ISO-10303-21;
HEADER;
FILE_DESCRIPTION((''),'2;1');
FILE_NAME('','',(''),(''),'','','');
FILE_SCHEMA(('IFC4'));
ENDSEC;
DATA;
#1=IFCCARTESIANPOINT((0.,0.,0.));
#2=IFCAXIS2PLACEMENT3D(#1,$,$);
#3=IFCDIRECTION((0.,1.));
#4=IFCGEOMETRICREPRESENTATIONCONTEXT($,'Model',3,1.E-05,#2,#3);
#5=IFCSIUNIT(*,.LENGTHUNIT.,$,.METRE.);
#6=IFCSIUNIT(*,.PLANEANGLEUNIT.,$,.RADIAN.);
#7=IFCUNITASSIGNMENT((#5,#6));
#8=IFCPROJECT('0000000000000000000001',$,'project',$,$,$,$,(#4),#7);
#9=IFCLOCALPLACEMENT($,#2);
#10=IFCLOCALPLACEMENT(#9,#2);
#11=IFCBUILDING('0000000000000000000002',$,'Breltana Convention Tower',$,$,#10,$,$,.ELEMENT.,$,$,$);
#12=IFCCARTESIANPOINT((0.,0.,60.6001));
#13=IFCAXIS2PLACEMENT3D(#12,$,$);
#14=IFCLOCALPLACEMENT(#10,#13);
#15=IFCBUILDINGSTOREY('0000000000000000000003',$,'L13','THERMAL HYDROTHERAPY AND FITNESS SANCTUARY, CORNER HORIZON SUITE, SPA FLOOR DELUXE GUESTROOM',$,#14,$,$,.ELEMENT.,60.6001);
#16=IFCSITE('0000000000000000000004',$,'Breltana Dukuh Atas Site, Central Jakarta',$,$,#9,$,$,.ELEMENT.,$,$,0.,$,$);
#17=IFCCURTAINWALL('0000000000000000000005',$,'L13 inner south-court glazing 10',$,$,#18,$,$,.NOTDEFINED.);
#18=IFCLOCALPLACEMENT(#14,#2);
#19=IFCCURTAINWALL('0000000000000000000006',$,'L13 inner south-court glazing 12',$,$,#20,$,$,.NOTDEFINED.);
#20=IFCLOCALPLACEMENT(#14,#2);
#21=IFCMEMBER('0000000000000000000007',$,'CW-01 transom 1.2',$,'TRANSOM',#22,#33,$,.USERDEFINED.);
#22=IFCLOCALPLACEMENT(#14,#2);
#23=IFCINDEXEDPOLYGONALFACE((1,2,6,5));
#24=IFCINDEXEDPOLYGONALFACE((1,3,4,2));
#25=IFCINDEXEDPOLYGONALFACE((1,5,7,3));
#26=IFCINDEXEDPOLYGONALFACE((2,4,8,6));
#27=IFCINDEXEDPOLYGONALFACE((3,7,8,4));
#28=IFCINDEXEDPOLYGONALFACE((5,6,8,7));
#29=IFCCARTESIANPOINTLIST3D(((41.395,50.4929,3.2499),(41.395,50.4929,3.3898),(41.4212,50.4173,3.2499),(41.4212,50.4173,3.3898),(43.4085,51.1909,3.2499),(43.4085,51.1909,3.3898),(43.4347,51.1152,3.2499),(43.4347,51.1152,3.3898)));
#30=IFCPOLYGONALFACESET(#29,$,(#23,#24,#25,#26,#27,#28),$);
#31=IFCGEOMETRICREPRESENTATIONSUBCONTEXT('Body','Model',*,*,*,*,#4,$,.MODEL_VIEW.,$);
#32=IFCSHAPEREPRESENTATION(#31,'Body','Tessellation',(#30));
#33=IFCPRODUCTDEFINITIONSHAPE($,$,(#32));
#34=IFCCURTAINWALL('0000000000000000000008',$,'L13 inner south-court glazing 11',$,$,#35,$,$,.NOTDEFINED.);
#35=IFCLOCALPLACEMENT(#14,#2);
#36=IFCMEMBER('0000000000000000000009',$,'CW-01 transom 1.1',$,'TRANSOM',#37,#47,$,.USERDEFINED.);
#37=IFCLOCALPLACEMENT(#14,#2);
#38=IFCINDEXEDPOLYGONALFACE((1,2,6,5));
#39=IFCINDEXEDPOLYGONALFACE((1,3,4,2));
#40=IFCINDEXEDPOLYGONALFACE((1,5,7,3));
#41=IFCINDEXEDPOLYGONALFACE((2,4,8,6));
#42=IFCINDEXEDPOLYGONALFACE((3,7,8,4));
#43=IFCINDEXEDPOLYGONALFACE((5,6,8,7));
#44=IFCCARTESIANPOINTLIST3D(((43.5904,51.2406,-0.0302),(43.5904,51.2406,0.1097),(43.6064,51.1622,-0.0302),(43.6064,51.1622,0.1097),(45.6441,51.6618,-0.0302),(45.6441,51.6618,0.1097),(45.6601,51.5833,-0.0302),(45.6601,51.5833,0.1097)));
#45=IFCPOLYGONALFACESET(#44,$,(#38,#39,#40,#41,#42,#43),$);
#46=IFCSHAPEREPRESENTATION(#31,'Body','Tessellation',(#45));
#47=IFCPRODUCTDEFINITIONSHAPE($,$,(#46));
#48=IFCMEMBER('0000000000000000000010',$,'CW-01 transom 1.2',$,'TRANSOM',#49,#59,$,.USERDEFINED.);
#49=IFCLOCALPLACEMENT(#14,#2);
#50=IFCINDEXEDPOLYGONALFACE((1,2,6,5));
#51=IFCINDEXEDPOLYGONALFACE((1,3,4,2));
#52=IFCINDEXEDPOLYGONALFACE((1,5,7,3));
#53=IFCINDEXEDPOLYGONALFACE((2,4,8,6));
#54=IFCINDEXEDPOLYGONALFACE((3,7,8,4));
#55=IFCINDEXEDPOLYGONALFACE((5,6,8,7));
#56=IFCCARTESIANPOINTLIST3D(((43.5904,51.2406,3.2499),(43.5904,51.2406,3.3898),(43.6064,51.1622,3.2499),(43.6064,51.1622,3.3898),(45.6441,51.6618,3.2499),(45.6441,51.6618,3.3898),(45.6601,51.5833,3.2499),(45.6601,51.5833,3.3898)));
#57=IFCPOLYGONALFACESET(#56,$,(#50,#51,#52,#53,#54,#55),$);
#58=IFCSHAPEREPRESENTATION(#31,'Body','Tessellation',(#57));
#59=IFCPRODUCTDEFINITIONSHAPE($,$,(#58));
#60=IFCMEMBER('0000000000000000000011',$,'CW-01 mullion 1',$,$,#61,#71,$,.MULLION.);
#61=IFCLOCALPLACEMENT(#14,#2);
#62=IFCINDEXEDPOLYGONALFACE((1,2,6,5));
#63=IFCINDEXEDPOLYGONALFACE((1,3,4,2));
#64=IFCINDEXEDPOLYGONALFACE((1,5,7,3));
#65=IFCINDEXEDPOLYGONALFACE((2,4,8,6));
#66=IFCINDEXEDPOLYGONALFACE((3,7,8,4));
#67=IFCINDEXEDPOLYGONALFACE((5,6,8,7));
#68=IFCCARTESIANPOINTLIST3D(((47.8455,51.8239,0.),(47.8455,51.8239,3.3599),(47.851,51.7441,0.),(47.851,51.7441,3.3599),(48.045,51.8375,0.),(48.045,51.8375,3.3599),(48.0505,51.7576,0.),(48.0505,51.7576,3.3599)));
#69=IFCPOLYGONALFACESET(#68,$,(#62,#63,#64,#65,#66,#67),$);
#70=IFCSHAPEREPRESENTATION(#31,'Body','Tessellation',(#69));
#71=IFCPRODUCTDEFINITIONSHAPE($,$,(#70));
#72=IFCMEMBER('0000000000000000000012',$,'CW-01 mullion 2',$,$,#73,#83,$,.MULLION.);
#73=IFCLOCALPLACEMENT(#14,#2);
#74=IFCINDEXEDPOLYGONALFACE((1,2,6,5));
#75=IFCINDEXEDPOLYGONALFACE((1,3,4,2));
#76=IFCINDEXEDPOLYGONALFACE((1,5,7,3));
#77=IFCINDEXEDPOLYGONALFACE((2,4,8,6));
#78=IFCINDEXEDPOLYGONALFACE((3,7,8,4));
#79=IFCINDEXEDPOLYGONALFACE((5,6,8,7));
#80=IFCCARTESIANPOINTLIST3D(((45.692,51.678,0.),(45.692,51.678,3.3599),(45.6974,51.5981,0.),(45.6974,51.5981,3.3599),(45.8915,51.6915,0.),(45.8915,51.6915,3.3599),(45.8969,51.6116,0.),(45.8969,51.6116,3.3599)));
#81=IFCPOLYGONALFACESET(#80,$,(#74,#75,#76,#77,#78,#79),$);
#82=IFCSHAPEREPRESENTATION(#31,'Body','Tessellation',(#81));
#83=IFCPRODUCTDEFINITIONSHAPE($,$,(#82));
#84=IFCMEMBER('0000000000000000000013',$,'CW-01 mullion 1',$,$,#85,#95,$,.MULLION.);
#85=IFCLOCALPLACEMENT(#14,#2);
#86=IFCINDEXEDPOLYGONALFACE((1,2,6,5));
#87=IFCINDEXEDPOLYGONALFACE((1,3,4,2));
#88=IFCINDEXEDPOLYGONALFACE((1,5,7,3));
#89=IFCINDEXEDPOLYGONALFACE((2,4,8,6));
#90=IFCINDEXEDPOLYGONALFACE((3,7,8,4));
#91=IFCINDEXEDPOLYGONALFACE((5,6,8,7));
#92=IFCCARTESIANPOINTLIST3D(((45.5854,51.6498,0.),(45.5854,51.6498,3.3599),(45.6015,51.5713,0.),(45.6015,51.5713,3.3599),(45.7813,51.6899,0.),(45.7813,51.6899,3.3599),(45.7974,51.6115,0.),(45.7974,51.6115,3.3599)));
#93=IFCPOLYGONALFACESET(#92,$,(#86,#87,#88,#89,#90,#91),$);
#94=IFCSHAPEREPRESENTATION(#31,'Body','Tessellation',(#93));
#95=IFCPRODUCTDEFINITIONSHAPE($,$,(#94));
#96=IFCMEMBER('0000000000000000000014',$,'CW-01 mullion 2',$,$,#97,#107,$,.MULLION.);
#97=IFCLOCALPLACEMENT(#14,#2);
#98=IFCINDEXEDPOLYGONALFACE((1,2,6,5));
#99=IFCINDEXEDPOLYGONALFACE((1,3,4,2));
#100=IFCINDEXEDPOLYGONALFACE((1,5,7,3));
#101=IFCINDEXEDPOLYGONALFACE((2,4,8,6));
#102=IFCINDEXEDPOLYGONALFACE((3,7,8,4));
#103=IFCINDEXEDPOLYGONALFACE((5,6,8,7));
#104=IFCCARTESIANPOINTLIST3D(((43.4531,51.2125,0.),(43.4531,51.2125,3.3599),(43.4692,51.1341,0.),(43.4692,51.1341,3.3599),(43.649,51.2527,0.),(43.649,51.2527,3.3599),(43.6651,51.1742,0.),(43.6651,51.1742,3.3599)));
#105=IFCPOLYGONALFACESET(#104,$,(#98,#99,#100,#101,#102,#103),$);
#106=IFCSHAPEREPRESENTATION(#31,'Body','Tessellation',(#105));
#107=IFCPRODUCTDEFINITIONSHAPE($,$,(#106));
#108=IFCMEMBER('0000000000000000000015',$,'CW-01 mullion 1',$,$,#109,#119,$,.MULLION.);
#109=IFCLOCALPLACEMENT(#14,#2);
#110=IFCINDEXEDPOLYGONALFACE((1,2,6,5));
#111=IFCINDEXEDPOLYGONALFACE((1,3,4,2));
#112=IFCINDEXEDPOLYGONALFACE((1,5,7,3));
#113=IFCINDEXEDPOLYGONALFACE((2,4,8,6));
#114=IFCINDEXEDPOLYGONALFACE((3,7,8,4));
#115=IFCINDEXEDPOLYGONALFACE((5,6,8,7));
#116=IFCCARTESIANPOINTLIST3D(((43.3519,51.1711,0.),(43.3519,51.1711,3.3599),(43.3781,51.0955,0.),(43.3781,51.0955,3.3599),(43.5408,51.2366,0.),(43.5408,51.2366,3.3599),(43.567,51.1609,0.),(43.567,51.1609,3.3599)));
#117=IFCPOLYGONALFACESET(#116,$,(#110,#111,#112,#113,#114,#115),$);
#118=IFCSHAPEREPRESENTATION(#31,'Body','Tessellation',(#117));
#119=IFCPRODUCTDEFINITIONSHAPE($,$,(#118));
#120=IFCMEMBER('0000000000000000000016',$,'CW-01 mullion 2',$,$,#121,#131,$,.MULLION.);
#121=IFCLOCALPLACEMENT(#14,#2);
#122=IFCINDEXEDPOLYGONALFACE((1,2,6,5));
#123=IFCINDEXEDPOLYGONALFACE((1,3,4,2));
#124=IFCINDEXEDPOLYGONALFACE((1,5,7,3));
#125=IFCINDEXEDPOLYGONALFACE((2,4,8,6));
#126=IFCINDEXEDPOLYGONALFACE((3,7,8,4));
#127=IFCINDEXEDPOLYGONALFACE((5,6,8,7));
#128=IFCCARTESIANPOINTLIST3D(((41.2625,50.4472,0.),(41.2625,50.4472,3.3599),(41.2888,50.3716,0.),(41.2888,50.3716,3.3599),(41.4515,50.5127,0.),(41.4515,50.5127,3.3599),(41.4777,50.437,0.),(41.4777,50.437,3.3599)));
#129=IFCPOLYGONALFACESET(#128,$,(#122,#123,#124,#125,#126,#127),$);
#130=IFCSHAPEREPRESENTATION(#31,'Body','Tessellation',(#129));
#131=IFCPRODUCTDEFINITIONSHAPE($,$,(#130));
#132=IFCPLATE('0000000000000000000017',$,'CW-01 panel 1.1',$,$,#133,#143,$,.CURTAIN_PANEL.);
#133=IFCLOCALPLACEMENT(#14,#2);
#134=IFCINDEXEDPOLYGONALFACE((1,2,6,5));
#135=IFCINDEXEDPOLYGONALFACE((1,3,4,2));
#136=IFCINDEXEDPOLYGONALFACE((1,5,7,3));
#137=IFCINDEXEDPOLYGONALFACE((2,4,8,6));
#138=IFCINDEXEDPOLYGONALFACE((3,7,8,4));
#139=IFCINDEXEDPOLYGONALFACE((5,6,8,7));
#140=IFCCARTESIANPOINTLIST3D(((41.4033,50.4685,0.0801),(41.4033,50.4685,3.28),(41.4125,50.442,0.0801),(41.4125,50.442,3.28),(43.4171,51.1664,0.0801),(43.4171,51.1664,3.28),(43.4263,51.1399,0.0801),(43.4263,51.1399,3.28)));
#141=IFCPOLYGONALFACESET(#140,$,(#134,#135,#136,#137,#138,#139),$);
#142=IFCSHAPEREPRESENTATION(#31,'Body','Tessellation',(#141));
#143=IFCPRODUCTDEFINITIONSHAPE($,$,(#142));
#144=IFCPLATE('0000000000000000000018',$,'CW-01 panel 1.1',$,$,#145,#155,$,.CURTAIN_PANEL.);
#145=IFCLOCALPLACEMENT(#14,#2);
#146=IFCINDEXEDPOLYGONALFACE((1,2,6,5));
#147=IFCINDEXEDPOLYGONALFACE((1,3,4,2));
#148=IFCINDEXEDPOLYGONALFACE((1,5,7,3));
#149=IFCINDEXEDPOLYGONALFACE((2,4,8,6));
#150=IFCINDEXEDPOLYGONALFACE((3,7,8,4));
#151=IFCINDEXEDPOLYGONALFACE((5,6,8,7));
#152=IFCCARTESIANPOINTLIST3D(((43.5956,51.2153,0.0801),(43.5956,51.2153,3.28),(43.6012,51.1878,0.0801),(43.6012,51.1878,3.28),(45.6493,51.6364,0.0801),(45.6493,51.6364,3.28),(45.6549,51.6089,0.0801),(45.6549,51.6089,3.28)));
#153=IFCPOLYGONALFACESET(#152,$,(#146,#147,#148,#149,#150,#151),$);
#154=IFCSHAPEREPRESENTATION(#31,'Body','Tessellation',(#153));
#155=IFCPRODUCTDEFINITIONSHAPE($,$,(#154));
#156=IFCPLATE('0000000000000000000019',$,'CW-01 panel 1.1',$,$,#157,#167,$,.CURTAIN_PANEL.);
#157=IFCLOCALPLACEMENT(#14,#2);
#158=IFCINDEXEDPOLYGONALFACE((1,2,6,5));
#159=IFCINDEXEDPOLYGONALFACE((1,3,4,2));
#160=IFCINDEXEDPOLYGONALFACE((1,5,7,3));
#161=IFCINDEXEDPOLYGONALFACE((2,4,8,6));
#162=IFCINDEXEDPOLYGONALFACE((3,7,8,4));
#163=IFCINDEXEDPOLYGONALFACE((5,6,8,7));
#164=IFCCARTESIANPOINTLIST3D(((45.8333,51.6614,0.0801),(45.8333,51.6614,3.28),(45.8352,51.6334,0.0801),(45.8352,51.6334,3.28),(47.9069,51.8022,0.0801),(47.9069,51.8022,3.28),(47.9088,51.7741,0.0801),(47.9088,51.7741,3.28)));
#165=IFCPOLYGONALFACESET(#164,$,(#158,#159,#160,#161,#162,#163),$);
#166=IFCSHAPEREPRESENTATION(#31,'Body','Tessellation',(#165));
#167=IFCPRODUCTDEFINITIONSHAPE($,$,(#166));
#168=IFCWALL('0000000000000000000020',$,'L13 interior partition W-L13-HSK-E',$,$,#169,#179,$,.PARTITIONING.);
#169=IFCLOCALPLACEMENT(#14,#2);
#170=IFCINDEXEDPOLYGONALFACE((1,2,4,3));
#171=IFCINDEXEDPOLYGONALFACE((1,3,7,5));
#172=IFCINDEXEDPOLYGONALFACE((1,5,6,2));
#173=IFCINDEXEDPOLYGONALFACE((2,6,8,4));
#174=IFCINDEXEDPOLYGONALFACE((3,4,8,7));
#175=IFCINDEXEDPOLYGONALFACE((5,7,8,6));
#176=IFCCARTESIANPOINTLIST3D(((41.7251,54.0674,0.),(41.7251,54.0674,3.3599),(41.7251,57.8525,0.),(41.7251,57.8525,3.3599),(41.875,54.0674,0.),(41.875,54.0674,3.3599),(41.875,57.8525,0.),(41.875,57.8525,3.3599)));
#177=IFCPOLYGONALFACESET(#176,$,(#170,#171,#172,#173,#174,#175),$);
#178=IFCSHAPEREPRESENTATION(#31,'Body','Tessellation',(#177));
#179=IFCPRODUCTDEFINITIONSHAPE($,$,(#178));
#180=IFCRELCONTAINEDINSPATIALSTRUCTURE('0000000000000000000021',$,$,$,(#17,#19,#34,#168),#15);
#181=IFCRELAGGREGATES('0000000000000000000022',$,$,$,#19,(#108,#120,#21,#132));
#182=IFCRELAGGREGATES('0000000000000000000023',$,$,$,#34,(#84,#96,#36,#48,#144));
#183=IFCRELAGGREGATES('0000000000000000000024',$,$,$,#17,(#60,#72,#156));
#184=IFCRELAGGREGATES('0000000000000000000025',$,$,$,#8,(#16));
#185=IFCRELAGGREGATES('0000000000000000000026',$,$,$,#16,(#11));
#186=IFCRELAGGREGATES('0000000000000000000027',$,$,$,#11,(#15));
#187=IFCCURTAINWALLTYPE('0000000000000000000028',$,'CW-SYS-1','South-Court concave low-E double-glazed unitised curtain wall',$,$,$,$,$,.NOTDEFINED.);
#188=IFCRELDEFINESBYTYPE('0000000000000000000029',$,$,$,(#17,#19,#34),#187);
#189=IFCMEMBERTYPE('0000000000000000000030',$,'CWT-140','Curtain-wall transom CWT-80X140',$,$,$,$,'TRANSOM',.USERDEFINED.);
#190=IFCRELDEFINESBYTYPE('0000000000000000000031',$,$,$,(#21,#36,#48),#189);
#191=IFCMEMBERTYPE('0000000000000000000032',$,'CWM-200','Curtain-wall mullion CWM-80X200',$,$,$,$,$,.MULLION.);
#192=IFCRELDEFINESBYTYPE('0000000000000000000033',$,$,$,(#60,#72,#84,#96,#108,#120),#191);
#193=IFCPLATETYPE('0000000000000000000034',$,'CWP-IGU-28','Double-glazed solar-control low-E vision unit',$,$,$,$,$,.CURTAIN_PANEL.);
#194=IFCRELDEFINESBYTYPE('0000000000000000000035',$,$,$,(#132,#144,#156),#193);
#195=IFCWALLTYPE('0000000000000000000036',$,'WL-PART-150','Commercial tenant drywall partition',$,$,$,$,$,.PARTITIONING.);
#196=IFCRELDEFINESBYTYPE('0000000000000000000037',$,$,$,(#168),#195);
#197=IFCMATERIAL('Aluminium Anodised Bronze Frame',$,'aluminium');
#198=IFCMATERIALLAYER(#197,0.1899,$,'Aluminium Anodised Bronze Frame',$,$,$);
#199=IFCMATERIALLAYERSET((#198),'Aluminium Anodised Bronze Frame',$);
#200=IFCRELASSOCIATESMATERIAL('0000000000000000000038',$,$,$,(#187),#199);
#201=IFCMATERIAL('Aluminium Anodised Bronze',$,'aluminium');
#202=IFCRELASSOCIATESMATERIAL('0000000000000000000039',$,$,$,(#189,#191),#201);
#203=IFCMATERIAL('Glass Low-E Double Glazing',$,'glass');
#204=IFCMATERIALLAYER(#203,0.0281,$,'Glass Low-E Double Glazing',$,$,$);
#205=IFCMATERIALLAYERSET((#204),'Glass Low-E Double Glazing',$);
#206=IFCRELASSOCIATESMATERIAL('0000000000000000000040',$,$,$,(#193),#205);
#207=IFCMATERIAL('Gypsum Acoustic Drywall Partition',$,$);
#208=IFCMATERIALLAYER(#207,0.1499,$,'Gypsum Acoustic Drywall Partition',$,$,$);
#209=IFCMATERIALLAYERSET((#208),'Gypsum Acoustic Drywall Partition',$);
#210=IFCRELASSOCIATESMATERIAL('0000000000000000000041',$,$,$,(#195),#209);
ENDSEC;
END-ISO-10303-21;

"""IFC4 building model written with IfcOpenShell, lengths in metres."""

from ifc_helpers import new_model, si_unit, direction, frame, frame_2d, origin, origin_2d, place, context, subcontext, project, spatial, rectangle, extrude, source, transform, mapped, material, layer, layer_set, material_profile, profile_set, type_object, element, aggregate, save


model = new_model("IFC4")

# Units and contexts
model_context = context("Model", 3, precision=1e-05, world=origin(), true_north=direction((0.0, 1.0)))
body_context = subcontext(model_context, "Body", "Model", "MODEL_VIEW")
ifc_project = project(units=[si_unit("LENGTHUNIT", "METRE"), si_unit("PLANEANGLEUNIT", "RADIAN")], contexts=[model_context])

# Site, building, storey
site_placement = place(None, origin())
site = spatial("IfcSite", under=ifc_project, at=site_placement, Name="Breltana Dukuh Atas Site, Central Jakarta", CompositionType="ELEMENT", RefElevation=0.0)
building_placement = place(site_placement, origin())
building = spatial("IfcBuilding", under=site, at=building_placement, Name="Breltana Convention Tower", CompositionType="ELEMENT")
storey_placement = place(building_placement, frame((0.0, 0.0, 60.6001)))
storey = spatial("IfcBuildingStorey", under=building, at=storey_placement, Name="L13", Description="THERMAL HYDROTHERAPY AND FITNESS SANCTUARY, CORNER HORIZON SUITE, SPA FLOOR DELUXE GUESTROOM", CompositionType="ELEMENT", Elevation=60.6001)

# Curtain walls, members
ifc_material_1 = material(Name="Aluminium Anodised Bronze Frame", Category="aluminium")
ifc_layer_1 = layer(ifc_material_1, 0.1899, Name="Aluminium Anodised Bronze Frame")
ifc_layer_set_1 = layer_set([ifc_layer_1], Name="Aluminium Anodised Bronze Frame")
curtain_wall_type = type_object("IfcCurtainWallType", Name="CW-SYS-1", Description="South-Court concave low-E double-glazed unitised curtain wall", PredefinedType="NOTDEFINED", material=ifc_layer_set_1)
curtain_wall_1_placement = place(storey_placement, origin())
curtain_wall_1 = element("IfcCurtainWall", 1, at=curtain_wall_1_placement, inside=storey, type_object=curtain_wall_type, Name="L13 inner south-court glazing 10", PredefinedType="NOTDEFINED")
ifc_material_2 = material(Name="Aluminium Anodised Bronze", Category="aluminium")
ifc_material_profile_1 = material_profile(ifc_material_2, rectangle(XDim=0.0801, YDim=0.1399, at=origin_2d()), Name="CWT-80X140")
ifc_profile_set_1 = profile_set([ifc_material_profile_1], Name="Aluminium Anodised Bronze")
member_type_1 = type_object("IfcMemberType", Name="CWT-140", Description="Curtain-wall transom CWT-80X140", ElementType="TRANSOM", PredefinedType="USERDEFINED", material=ifc_profile_set_1)
curtain_wall_2_placement = place(storey_placement, origin())
curtain_wall_2 = element("IfcCurtainWall", 2, at=curtain_wall_2_placement, inside=storey, type_object=curtain_wall_type, Name="L13 inner south-court glazing 12", PredefinedType="NOTDEFINED")
shared_shape_1 = source(origin(), body_context, "Body", "SweptSolid", [
    extrude(rectangle(XDim=0.0801, YDim=0.1399, at=origin_2d()), origin(), (0.0, 0.0, 1.0), 2.1311),
])
member_1_placement = place(storey_placement, frame((43.4216, 51.1531, 3.3198), z_axis=(-0.944847, -0.327512, 0.0), x_axis=(0.327512, -0.944847, 0.0)))
member_1 = element("IfcMember", 3, at=member_1_placement, type_object=member_type_1, Name="CW-01 transom 1.2", ObjectType="TRANSOM", PredefinedType="USERDEFINED", context=body_context, shape_type="MappedRepresentation", body=[
    mapped(shared_shape_1, transform((0.0, 0.0, 0.0), scale=1.0)),
])
curtain_wall_3_placement = place(storey_placement, origin())
curtain_wall_3 = element("IfcCurtainWall", 4, at=curtain_wall_3_placement, inside=storey, type_object=curtain_wall_type, Name="L13 inner south-court glazing 11", PredefinedType="NOTDEFINED")
shared_shape_2 = source(origin(), body_context, "Body", "SweptSolid", [
    extrude(rectangle(XDim=0.0801, YDim=0.1399, at=origin_2d()), origin(), (0.0, 0.0, 1.0), 2.0964),
])
member_2_placement = place(storey_placement, frame((45.6521, 51.6226, 0.0398), z_axis=(-0.979615, -0.200884, 0.0), x_axis=(0.200884, -0.979615, 0.0)))
member_2 = element("IfcMember", 5, at=member_2_placement, type_object=member_type_1, Name="CW-01 transom 1.1", ObjectType="TRANSOM", PredefinedType="USERDEFINED", context=body_context, shape_type="MappedRepresentation", body=[
    mapped(shared_shape_2, transform((0.0, 0.0, 0.0), scale=1.0)),
])
member_3_placement = place(storey_placement, frame((45.6521, 51.6226, 3.3198), z_axis=(-0.979615, -0.200884, 0.0), x_axis=(0.200884, -0.979615, 0.0)))
member_3 = element("IfcMember", 6, at=member_3_placement, type_object=member_type_1, Name="CW-01 transom 1.2", ObjectType="TRANSOM", PredefinedType="USERDEFINED", context=body_context, shape_type="MappedRepresentation", body=[
    mapped(shared_shape_2, transform((0.0, 0.0, 0.0), scale=1.0)),
])

# Members
ifc_material_profile_2 = material_profile(ifc_material_2, rectangle(XDim=0.0801, YDim=0.2, at=origin_2d()), Name="CWM-80X200")
ifc_profile_set_2 = profile_set([ifc_material_profile_2], Name="Aluminium Anodised Bronze")
member_type_2 = type_object("IfcMemberType", Name="CWM-200", Description="Curtain-wall mullion CWM-80X200", PredefinedType="MULLION", material=ifc_profile_set_2)
shared_shape_3 = source(origin(), body_context, "Body", "SweptSolid", [
    extrude(rectangle(XDim=0.0801, YDim=0.2, at=origin_2d()), origin(), (0.0, 0.0, 1.0), 3.3599),
])
member_4_placement = place(storey_placement, frame((47.948, 51.7908, 0.0), z_axis=(0.0, 0.0, 1.0), x_axis=(0.067726, -0.997704, 0.0)))
member_4 = element("IfcMember", 7, at=member_4_placement, type_object=member_type_2, Name="CW-01 mullion 1", PredefinedType="MULLION", context=body_context, shape_type="MappedRepresentation", body=[
    mapped(shared_shape_3, transform((0.0, 0.0, 0.0), scale=1.0)),
])
member_5_placement = place(storey_placement, frame((45.7944, 51.6448, 0.0), z_axis=(0.0, 0.0, 1.0), x_axis=(0.067726, -0.997704, 0.0)))
member_5 = element("IfcMember", 8, at=member_5_placement, type_object=member_type_2, Name="CW-01 mullion 2", PredefinedType="MULLION", context=body_context, shape_type="MappedRepresentation", body=[
    mapped(shared_shape_3, transform((0.0, 0.0, 0.0), scale=1.0)),
])
member_6_placement = place(storey_placement, frame((45.6914, 51.6306, 0.0), z_axis=(0.0, 0.0, 1.0), x_axis=(0.200886, -0.979615, 0.0)))
member_6 = element("IfcMember", 9, at=member_6_placement, type_object=member_type_2, Name="CW-01 mullion 1", PredefinedType="MULLION", context=body_context, shape_type="MappedRepresentation", body=[
    mapped(shared_shape_3, transform((0.0, 0.0, 0.0), scale=1.0)),
])
member_7_placement = place(storey_placement, frame((43.5591, 51.1934, 0.0), z_axis=(0.0, 0.0, 1.0), x_axis=(0.200886, -0.979615, 0.0)))
member_7 = element("IfcMember", 10, at=member_7_placement, type_object=member_type_2, Name="CW-01 mullion 2", PredefinedType="MULLION", context=body_context, shape_type="MappedRepresentation", body=[
    mapped(shared_shape_3, transform((0.0, 0.0, 0.0), scale=1.0)),
])
member_8_placement = place(storey_placement, frame((43.4595, 51.166, 0.0), z_axis=(0.0, 0.0, 1.0), x_axis=(0.327413, -0.944881, 0.0)))
member_8 = element("IfcMember", 11, at=member_8_placement, type_object=member_type_2, Name="CW-01 mullion 1", PredefinedType="MULLION", context=body_context, shape_type="MappedRepresentation", body=[
    mapped(shared_shape_3, transform((0.0, 0.0, 0.0), scale=1.0)),
])
member_9_placement = place(storey_placement, frame((41.3701, 50.4421, 0.0), z_axis=(0.0, 0.0, 1.0), x_axis=(0.327413, -0.944881, 0.0)))
member_9 = element("IfcMember", 12, at=member_9_placement, type_object=member_type_2, Name="CW-01 mullion 2", PredefinedType="MULLION", context=body_context, shape_type="MappedRepresentation", body=[
    mapped(shared_shape_3, transform((0.0, 0.0, 0.0), scale=1.0)),
])

# Plates
ifc_material_3 = material(Name="Glass Low-E Double Glazing", Category="glass")
ifc_layer_2 = layer(ifc_material_3, 0.0281, Name="Glass Low-E Double Glazing")
ifc_layer_set_2 = layer_set([ifc_layer_2], Name="Glass Low-E Double Glazing")
plate_type = type_object("IfcPlateType", Name="CWP-IGU-28", Description="Double-glazed solar-control low-E vision unit", PredefinedType="CURTAIN_PANEL", material=ifc_layer_set_2)
shared_shape_4 = source(origin(), body_context, "Body", "SweptSolid", [
    extrude(rectangle(XDim=2.1313, YDim=0.0281, at=origin_2d()), origin(), (0.0, 0.0, 1.0), 3.2),
])
plate_1_placement = place(storey_placement, frame((42.4148, 50.8042, 0.0801), z_axis=(0.0, 0.0, 1.0), x_axis=(-0.944881, -0.327413, 0.0)))
plate_1 = element("IfcPlate", 13, at=plate_1_placement, type_object=plate_type, Name="CW-01 panel 1.1", PredefinedType="CURTAIN_PANEL", context=body_context, shape_type="MappedRepresentation", body=[
    mapped(shared_shape_4, transform((0.0, 0.0, 0.0), scale=1.0)),
])
aggregate(curtain_wall_2, [member_8, member_9, member_1, plate_1])
shared_shape_5 = source(origin(), body_context, "Body", "SweptSolid", [
    extrude(rectangle(XDim=2.0964, YDim=0.0281, at=origin_2d()), origin(), (0.0, 0.0, 1.0), 3.2),
])
plate_2_placement = place(storey_placement, frame((44.6252, 51.4121, 0.0801), z_axis=(0.0, 0.0, 1.0), x_axis=(-0.979615, -0.200886, 0.0)))
plate_2 = element("IfcPlate", 14, at=plate_2_placement, type_object=plate_type, Name="CW-01 panel 1.1", PredefinedType="CURTAIN_PANEL", context=body_context, shape_type="MappedRepresentation", body=[
    mapped(shared_shape_5, transform((0.0, 0.0, 0.0), scale=1.0)),
])
aggregate(curtain_wall_3, [member_6, member_7, member_2, member_3, plate_2])
shared_shape_6 = source(origin(), body_context, "Body", "SweptSolid", [
    extrude(rectangle(XDim=2.0784, YDim=0.0281, at=origin_2d()), origin(), (0.0, 0.0, 1.0), 3.2),
])
plate_3_placement = place(storey_placement, frame((46.8711, 51.7178, 0.0801), z_axis=(0.0, 0.0, 1.0), x_axis=(-0.997704, -0.067726, 0.0)))
plate_3 = element("IfcPlate", 15, at=plate_3_placement, type_object=plate_type, Name="CW-01 panel 1.1", PredefinedType="CURTAIN_PANEL", context=body_context, shape_type="MappedRepresentation", body=[
    mapped(shared_shape_6, transform((0.0, 0.0, 0.0), scale=1.0)),
])
aggregate(curtain_wall_1, [member_4, member_5, plate_3])

# Wall
ifc_material_4 = material(Name="Gypsum Acoustic Drywall Partition")
ifc_layer_3 = layer(ifc_material_4, 0.1499, Name="Gypsum Acoustic Drywall Partition")
ifc_layer_set_3 = layer_set([ifc_layer_3], Name="Gypsum Acoustic Drywall Partition")
wall_type_1 = type_object("IfcWallType", Name="WL-PART-150", Description="Commercial tenant drywall partition", PredefinedType="PARTITIONING", material=ifc_layer_set_3)
shared_shape_7 = source(origin(), body_context, "Body", "SweptSolid", [
    extrude(rectangle(XDim=3.7852, YDim=0.1499, at=frame_2d((1.8926, 0.0))), origin(), (0.0, 0.0, 1.0), 3.3599),
])
wall_1_placement = place(storey_placement, frame((41.8, 54.0674, 0.0), z_axis=(0.0, 0.0, 1.0), x_axis=(0.0, 1.0, 0.0)))
element("IfcWall", 16, at=wall_1_placement, inside=storey, type_object=wall_type_1, Name="L13 interior partition W-L13-HSK-E", PredefinedType="PARTITIONING", context=body_context, shape_type="MappedRepresentation", body=[
    mapped(shared_shape_7, transform((0.0, 0.0, 0.0), scale=1.0)),
])

save(model, "model.ifc")
